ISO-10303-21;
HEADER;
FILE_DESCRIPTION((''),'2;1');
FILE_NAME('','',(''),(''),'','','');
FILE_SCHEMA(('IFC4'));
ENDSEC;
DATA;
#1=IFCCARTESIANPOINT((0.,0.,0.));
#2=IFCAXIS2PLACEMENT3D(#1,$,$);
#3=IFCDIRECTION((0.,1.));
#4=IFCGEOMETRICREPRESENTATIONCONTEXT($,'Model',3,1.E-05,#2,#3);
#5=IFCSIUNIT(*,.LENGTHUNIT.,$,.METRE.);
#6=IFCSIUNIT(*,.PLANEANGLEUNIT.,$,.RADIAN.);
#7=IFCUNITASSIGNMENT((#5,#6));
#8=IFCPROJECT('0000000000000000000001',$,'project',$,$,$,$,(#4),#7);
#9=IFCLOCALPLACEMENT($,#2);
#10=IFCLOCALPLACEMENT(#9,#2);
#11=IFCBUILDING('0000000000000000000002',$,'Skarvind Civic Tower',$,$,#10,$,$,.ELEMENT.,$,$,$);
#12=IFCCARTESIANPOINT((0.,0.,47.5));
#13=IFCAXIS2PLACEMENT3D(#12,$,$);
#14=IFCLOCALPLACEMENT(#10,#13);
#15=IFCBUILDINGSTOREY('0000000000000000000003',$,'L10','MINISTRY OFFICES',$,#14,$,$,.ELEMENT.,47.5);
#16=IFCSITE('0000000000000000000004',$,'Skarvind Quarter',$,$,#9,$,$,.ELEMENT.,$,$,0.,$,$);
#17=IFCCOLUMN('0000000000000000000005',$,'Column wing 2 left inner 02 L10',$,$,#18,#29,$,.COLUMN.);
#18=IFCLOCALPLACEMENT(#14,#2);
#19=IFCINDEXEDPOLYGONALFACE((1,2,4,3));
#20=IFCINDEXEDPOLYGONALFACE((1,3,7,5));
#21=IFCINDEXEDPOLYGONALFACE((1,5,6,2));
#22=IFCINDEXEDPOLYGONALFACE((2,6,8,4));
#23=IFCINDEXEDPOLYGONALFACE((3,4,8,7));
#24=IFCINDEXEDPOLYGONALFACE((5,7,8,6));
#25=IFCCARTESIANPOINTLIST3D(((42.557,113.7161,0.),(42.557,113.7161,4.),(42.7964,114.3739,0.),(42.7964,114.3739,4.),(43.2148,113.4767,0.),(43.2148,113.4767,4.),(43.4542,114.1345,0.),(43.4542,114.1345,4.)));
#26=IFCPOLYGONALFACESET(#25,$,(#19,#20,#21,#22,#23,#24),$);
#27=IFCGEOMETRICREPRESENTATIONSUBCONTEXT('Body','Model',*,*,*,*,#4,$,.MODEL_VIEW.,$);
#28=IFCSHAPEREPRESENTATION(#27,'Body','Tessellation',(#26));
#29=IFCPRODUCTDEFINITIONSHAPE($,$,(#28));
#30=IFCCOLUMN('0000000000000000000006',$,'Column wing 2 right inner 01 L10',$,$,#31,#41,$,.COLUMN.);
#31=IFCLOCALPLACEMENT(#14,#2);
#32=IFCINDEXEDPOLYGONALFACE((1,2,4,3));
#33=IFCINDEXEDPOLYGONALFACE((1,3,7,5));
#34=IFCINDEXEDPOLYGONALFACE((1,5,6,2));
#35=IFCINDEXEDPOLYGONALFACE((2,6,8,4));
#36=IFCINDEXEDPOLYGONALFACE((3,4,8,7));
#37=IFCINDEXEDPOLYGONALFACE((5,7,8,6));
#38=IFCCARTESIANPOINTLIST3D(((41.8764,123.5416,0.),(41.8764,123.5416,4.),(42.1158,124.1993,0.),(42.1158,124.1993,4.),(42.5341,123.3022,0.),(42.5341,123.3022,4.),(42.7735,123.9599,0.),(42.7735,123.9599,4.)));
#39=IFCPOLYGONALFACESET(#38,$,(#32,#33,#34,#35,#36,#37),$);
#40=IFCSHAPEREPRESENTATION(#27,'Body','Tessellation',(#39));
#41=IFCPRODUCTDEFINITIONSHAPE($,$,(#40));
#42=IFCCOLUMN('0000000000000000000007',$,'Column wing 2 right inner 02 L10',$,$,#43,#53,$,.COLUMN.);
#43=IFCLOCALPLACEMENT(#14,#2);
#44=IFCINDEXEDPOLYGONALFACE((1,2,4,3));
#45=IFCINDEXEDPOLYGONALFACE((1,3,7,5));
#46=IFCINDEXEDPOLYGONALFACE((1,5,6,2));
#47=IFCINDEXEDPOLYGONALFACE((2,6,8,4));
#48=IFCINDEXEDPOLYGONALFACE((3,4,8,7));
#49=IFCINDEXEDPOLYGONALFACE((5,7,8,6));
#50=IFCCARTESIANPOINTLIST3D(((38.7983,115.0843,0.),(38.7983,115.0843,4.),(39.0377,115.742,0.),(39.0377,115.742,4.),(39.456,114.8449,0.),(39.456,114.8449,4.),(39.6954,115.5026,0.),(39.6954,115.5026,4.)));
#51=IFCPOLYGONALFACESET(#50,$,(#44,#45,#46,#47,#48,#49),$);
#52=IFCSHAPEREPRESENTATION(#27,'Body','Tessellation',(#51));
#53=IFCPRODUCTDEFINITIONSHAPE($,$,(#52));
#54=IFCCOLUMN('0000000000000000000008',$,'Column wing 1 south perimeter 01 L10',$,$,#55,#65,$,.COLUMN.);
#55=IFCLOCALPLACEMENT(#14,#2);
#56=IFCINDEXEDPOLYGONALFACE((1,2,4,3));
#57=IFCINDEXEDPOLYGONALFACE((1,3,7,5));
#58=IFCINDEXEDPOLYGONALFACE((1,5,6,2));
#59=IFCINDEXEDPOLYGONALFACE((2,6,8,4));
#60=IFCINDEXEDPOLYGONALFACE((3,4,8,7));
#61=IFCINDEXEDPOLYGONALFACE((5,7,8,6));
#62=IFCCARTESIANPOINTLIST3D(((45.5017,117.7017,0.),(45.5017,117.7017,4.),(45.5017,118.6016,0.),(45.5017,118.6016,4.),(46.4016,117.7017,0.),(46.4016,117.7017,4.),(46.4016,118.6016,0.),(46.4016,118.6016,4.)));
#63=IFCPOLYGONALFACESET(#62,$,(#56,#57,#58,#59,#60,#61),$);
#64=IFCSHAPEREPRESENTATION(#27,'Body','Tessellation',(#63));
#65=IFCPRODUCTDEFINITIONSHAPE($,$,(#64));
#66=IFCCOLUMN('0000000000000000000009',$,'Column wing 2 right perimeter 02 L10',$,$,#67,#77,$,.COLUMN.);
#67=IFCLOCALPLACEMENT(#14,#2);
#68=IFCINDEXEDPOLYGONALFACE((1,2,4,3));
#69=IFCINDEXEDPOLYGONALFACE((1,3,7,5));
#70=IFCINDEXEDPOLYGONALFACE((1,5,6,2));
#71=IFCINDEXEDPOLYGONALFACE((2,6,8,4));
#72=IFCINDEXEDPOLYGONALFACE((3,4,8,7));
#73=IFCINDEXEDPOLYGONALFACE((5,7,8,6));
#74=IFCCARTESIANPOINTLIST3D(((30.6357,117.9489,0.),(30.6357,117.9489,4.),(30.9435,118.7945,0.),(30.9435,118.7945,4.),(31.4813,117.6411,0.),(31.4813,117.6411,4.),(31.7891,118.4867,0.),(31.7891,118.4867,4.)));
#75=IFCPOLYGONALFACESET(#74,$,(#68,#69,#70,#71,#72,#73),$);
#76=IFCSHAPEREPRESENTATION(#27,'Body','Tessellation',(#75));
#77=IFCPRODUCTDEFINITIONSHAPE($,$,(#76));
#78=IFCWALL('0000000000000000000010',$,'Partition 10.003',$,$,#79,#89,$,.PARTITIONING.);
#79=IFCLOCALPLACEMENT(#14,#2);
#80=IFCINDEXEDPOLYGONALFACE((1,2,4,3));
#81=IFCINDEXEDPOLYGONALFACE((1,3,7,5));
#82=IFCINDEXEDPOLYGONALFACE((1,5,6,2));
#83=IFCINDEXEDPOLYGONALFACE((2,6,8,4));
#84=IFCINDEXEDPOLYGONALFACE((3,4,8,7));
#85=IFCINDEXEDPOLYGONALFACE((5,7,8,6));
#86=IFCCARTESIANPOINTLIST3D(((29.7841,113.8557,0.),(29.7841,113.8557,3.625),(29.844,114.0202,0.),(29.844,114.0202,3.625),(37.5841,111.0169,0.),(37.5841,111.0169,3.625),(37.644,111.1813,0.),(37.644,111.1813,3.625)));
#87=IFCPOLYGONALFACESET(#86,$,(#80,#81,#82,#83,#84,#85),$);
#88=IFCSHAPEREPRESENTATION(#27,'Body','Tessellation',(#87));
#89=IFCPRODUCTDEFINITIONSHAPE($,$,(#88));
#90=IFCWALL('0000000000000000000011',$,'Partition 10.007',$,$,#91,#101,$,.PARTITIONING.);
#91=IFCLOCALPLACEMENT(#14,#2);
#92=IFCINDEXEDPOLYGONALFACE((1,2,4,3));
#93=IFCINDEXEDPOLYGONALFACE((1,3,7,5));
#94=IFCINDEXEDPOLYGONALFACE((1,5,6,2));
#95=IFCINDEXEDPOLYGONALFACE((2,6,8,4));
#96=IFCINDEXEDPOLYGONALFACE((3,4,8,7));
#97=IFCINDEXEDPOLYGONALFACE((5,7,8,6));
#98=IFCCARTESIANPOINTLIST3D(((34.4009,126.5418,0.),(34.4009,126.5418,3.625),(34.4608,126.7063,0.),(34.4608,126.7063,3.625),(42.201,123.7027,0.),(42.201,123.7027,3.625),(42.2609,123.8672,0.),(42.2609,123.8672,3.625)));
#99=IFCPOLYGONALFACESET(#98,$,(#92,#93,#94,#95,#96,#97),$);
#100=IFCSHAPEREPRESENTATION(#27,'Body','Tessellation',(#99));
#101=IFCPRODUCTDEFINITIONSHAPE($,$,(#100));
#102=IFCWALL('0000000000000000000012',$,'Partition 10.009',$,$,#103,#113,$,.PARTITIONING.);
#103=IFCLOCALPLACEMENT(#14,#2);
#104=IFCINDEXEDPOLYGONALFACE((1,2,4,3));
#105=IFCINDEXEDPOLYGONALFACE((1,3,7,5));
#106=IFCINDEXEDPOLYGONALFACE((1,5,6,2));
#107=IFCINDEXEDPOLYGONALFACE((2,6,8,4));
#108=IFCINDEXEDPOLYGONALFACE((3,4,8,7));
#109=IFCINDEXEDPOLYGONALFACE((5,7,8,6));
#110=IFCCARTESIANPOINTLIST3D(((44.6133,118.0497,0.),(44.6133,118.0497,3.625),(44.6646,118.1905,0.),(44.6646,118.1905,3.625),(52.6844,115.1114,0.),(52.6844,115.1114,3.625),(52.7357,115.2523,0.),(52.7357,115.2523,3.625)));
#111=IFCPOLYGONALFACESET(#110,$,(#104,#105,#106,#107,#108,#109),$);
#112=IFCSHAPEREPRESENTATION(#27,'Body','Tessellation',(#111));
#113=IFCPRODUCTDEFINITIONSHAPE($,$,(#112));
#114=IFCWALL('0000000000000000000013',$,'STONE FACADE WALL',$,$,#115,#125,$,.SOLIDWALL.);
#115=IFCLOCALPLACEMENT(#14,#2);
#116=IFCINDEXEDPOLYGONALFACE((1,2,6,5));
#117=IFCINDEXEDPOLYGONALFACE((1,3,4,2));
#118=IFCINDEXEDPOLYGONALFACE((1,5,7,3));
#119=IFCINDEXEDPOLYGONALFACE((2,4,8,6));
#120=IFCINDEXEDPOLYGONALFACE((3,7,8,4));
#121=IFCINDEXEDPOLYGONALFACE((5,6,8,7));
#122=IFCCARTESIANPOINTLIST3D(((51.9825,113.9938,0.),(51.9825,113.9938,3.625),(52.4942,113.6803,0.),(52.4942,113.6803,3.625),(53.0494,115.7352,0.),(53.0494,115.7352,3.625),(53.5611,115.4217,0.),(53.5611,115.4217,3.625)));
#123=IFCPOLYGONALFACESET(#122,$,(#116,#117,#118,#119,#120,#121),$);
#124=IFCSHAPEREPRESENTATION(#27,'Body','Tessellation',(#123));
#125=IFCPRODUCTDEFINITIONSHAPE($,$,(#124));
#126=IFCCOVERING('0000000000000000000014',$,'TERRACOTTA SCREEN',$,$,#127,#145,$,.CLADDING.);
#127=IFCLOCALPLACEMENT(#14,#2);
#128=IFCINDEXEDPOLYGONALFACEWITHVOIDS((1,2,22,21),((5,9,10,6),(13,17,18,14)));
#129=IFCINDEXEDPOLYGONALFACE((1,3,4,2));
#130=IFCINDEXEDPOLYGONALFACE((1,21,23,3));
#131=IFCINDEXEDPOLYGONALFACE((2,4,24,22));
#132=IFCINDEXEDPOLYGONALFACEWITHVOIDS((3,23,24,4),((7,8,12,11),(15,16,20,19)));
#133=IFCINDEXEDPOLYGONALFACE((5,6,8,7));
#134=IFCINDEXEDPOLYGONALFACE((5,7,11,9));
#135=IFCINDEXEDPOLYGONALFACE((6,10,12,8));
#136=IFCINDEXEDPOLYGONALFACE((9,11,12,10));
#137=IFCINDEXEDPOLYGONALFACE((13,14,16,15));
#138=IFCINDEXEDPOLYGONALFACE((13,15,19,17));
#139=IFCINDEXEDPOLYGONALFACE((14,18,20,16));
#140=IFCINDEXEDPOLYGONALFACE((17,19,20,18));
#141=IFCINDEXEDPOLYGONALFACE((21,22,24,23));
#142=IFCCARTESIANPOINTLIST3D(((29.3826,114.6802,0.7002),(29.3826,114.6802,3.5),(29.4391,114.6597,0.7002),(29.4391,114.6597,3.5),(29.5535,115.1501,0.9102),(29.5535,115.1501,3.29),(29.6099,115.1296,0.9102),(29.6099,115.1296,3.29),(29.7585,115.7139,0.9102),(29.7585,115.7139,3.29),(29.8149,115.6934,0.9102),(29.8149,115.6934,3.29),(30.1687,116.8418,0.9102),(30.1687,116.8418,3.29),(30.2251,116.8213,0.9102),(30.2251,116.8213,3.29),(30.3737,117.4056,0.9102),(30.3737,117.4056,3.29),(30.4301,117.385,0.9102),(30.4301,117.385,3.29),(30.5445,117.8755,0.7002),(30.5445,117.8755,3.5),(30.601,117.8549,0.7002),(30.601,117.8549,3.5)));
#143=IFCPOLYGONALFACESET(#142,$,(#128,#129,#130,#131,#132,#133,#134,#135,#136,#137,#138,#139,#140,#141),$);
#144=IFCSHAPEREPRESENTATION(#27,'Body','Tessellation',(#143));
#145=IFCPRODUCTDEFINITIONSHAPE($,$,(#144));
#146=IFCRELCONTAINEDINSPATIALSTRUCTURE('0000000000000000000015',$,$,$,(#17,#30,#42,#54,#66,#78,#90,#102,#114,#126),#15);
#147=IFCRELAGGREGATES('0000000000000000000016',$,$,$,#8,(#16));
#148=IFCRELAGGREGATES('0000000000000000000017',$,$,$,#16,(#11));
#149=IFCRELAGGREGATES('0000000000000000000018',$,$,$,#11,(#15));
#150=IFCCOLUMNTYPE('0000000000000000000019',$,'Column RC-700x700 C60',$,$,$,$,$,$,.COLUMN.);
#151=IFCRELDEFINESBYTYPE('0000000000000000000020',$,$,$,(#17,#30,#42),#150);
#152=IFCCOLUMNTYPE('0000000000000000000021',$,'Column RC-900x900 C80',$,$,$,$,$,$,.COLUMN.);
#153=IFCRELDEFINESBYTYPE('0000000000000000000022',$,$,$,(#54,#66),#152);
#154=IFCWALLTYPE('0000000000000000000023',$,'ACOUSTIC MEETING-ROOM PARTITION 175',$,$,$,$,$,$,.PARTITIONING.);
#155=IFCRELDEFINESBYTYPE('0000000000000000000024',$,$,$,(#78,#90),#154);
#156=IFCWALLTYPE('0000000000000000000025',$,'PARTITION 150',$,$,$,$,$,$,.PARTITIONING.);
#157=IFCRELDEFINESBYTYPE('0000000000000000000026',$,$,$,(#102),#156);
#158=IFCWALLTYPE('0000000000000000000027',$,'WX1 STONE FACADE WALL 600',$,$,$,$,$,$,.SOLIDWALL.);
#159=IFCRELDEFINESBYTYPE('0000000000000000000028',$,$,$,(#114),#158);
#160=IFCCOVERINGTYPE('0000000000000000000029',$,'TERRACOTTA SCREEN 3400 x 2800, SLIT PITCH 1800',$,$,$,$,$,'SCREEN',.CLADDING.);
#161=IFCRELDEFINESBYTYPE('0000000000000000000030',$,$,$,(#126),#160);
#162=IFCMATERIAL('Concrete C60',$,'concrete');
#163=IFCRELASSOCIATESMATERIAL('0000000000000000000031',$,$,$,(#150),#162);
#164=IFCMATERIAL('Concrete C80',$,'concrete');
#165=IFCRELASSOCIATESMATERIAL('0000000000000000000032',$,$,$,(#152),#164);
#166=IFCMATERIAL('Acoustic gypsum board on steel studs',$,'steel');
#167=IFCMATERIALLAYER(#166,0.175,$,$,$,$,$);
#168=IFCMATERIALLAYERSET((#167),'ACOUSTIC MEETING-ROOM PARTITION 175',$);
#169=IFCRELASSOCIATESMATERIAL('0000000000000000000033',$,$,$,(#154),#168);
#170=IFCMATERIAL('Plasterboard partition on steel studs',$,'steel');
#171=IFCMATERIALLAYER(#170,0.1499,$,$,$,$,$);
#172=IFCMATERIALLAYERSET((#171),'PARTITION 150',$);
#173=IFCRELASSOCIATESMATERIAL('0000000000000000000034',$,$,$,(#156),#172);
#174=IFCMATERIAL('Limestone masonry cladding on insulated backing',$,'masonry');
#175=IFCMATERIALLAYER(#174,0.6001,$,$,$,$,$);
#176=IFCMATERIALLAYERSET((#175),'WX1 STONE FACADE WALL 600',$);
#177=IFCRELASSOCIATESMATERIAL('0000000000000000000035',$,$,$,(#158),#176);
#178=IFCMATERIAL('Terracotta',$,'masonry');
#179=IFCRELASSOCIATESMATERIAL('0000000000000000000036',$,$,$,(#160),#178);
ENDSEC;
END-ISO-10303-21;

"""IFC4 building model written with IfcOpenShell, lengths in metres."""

from ifc_helpers import new_model, si_unit, direction, frame, frame_2d, origin, origin_2d, place, context, subcontext, project, spatial, polyline, rectangle, outline, extrude, material, layer, layer_set, material_profile, profile_set, type_object, element, save


model = new_model("IFC4")

# Units and contexts
model_context = context("Model", 3, precision=1e-05, world=origin(), true_north=direction((0.0, 1.0)))
body_context = subcontext(model_context, "Body", "Model", "MODEL_VIEW")
ifc_project = project(units=[si_unit("LENGTHUNIT", "METRE"), si_unit("PLANEANGLEUNIT", "RADIAN")], contexts=[model_context])

# Site, building, storey
site_placement = place(None, origin())
site = spatial("IfcSite", under=ifc_project, at=site_placement, Name="Skarvind Quarter", CompositionType="ELEMENT", RefElevation=0.0)
building_placement = place(site_placement, origin())
building = spatial("IfcBuilding", under=site, at=building_placement, Name="Skarvind Civic Tower", CompositionType="ELEMENT")
storey_placement = place(building_placement, frame((0.0, 0.0, 47.5)))
storey = spatial("IfcBuildingStorey", under=building, at=storey_placement, Name="L10", Description="MINISTRY OFFICES", CompositionType="ELEMENT", Elevation=47.5)

# Columns
ifc_material_1 = material(Name="Concrete C60", Category="concrete")
ifc_material_profile_1 = material_profile(ifc_material_1, rectangle(XDim=0.7, YDim=0.7, at=origin_2d()), Name="RC-700x700")
ifc_profile_set_1 = profile_set([ifc_material_profile_1], Name="Concrete C60")
column_type_1 = type_object("IfcColumnType", Name="Column RC-700x700 C60", PredefinedType="COLUMN", material=ifc_profile_set_1)
for number, where, z_axis, x_axis, name in (
    (1, (43.0056, 113.9253, 0.0), (0.0, 0.0, 1.0), (-0.34202, -0.939693, 0.0), "Column wing 2 left inner 02 L10"),
    (2, (42.325, 123.7507, 0.0), (0.0, 0.0, 1.0), (-0.34202, -0.939693, 0.0), "Column wing 2 right inner 01 L10"),
    (3, (39.2468, 115.2935, 0.0), (0.0, 0.0, 1.0), (-0.34202, -0.939693, 0.0), "Column wing 2 right inner 02 L10"),
):
    element("IfcColumn", number, at=place(storey_placement, frame(where, z_axis=z_axis, x_axis=x_axis)), inside=storey, type_object=column_type_1, Name=name, PredefinedType="COLUMN", context=body_context, shape_type="SweptSolid", body=[
        extrude(rectangle(XDim=0.7, YDim=0.7, at=origin_2d()), origin(), (0.0, 0.0, 1.0), 4.0),
    ])
ifc_material_2 = material(Name="Concrete C80", Category="concrete")
ifc_material_profile_2 = material_profile(ifc_material_2, rectangle(XDim=0.8999, YDim=0.8999, at=origin_2d()), Name="RC-900x900")
ifc_profile_set_2 = profile_set([ifc_material_profile_2], Name="Concrete C80")
column_type_2 = type_object("IfcColumnType", Name="Column RC-900x900 C80", PredefinedType="COLUMN", material=ifc_profile_set_2)
for number, where, z_axis, x_axis, name in (
    (4, (45.9517, 118.1516, 0.0), (0.0, 0.0, 1.0), (1.0, 0.0, 0.0), "Column wing 1 south perimeter 01 L10"),
    (5, (31.2124, 118.2178, 0.0), (0.0, 0.0, 1.0), (-0.34202, -0.939693, 0.0), "Column wing 2 right perimeter 02 L10"),
):
    element("IfcColumn", number, at=place(storey_placement, frame(where, z_axis=z_axis, x_axis=x_axis)), inside=storey, type_object=column_type_2, Name=name, PredefinedType="COLUMN", context=body_context, shape_type="SweptSolid", body=[
        extrude(rectangle(XDim=0.8999, YDim=0.8999, at=origin_2d()), origin(), (0.0, 0.0, 1.0), 4.0),
    ])

# Walls
ifc_material_3 = material(Name="Acoustic gypsum board on steel studs", Category="steel")
ifc_layer_1 = layer(ifc_material_3, 0.175)
ifc_layer_set_1 = layer_set([ifc_layer_1], Name="ACOUSTIC MEETING-ROOM PARTITION 175")
wall_type_1 = type_object("IfcWallType", Name="ACOUSTIC MEETING-ROOM PARTITION 175", PredefinedType="PARTITIONING", material=ifc_layer_set_1)
wall_1_placement = place(storey_placement, frame((29.814, 113.938, 0.0), z_axis=(0.0, 0.0, 1.0), x_axis=(0.939697, -0.342008, 0.0)))
element("IfcWall", 6, at=wall_1_placement, inside=storey, type_object=wall_type_1, Name="Partition 10.003", PredefinedType="PARTITIONING", context=body_context, shape_type="SweptSolid", body=[
    extrude(rectangle(XDim=8.3005, YDim=0.175, at=frame_2d((4.1504, 0.0))), origin(), (0.0, 0.0, 1.0), 3.625),
])
wall_2_placement = place(storey_placement, frame((42.231, 123.7849, 0.0), z_axis=(0.0, 0.0, 1.0), x_axis=(-0.939688, 0.342034, 0.0)))
element("IfcWall", 7, at=wall_2_placement, inside=storey, type_object=wall_type_1, Name="Partition 10.007", PredefinedType="PARTITIONING", context=body_context, shape_type="SweptSolid", body=[
    extrude(rectangle(XDim=8.3008, YDim=0.175, at=frame_2d((4.1504, 0.0))), origin(), (0.0, 0.0, 1.0), 3.625),
])
ifc_material_4 = material(Name="Plasterboard partition on steel studs", Category="steel")
ifc_layer_2 = layer(ifc_material_4, 0.1499)
ifc_layer_set_2 = layer_set([ifc_layer_2], Name="PARTITION 150")
wall_type_2 = type_object("IfcWallType", Name="PARTITION 150", PredefinedType="PARTITIONING", material=ifc_layer_set_2)
wall_3_placement = place(storey_placement, frame((44.6389, 118.1201, 0.0), z_axis=(0.0, 0.0, 1.0), x_axis=(0.93967, -0.342083, 0.0)))
element("IfcWall", 8, at=wall_3_placement, inside=storey, type_object=wall_type_2, Name="Partition 10.009", PredefinedType="PARTITIONING", context=body_context, shape_type="SweptSolid", body=[
    extrude(rectangle(XDim=8.5894, YDim=0.1499, at=frame_2d((4.2947, 0.0))), origin(), (0.0, 0.0, 1.0), 3.625),
])
ifc_material_5 = material(Name="Limestone masonry cladding on insulated backing", Category="masonry")
ifc_layer_3 = layer(ifc_material_5, 0.6001)
ifc_layer_set_3 = layer_set([ifc_layer_3], Name="WX1 STONE FACADE WALL 600")
wall_type_3 = type_object("IfcWallType", Name="WX1 STONE FACADE WALL 600", PredefinedType="SOLIDWALL", material=ifc_layer_set_3)
wall_4_placement = place(storey_placement, frame((53.3052, 115.5784, 0.0), z_axis=(0.0, 0.0, 1.0), x_axis=(-0.522402, -0.852699, 0.0)))
element("IfcWall", 9, at=wall_4_placement, inside=storey, type_object=wall_type_3, Name="STONE FACADE WALL", PredefinedType="SOLIDWALL", context=body_context, shape_type="SweptSolid", body=[
    extrude(rectangle(XDim=2.0422, YDim=0.6001, at=frame_2d((1.021, 0.0))), origin(), (0.0, 0.0, 1.0), 3.625),
])

# Covering
ifc_material_6 = material(Name="Terracotta", Category="masonry")
ifc_material_profile_3 = material_profile(ifc_material_6, outline(polyline([(-1.7, -1.3999), (1.7, -1.3999), (1.7, 1.3999), (-1.7, 1.3999), (-1.7, -1.3999)]), holes=[polyline([(-1.2, -1.1899), (-0.6001, -1.1899), (-0.6001, 1.1899), (-1.2, 1.1899), (-1.2, -1.1899)]), polyline([(0.6001, -1.1899), (1.2, -1.1899), (1.2, 1.1899), (0.6001, 1.1899), (0.6001, -1.1899)])]), Name="TERRACOTTA SCREEN 3400 x 2800, SLIT PITCH 1800")
ifc_profile_set_3 = profile_set([ifc_material_profile_3], Name="Terracotta")
covering_type = type_object("IfcCoveringType", Name="TERRACOTTA SCREEN 3400 x 2800, SLIT PITCH 1800", ElementType="SCREEN", PredefinedType="CLADDING", material=ifc_profile_set_3)
covering_placement = place(storey_placement, frame((30.02, 116.2573, 2.1001), z_axis=(-0.939793, 0.341743, 0.0), x_axis=(-0.341743, -0.939793, 0.0)))
element("IfcCovering", 10, at=covering_placement, inside=storey, type_object=covering_type, Name="TERRACOTTA SCREEN", PredefinedType="CLADDING", context=body_context, shape_type="SweptSolid", body=[
    extrude(outline(polyline([(-1.7, -1.3999), (1.7, -1.3999), (1.7, 1.3999), (-1.7, 1.3999), (-1.7, -1.3999)]), holes=[polyline([(-1.2, -1.1899), (-0.6001, -1.1899), (-0.6001, 1.1899), (-1.2, 1.1899), (-1.2, -1.1899)]), polyline([(0.6001, -1.1899), (1.2, -1.1899), (1.2, 1.1899), (0.6001, 1.1899), (0.6001, -1.1899)])]), origin(), (0.0, 0.0, 1.0), 0.0601),
])

save(model, "model.ifc")
